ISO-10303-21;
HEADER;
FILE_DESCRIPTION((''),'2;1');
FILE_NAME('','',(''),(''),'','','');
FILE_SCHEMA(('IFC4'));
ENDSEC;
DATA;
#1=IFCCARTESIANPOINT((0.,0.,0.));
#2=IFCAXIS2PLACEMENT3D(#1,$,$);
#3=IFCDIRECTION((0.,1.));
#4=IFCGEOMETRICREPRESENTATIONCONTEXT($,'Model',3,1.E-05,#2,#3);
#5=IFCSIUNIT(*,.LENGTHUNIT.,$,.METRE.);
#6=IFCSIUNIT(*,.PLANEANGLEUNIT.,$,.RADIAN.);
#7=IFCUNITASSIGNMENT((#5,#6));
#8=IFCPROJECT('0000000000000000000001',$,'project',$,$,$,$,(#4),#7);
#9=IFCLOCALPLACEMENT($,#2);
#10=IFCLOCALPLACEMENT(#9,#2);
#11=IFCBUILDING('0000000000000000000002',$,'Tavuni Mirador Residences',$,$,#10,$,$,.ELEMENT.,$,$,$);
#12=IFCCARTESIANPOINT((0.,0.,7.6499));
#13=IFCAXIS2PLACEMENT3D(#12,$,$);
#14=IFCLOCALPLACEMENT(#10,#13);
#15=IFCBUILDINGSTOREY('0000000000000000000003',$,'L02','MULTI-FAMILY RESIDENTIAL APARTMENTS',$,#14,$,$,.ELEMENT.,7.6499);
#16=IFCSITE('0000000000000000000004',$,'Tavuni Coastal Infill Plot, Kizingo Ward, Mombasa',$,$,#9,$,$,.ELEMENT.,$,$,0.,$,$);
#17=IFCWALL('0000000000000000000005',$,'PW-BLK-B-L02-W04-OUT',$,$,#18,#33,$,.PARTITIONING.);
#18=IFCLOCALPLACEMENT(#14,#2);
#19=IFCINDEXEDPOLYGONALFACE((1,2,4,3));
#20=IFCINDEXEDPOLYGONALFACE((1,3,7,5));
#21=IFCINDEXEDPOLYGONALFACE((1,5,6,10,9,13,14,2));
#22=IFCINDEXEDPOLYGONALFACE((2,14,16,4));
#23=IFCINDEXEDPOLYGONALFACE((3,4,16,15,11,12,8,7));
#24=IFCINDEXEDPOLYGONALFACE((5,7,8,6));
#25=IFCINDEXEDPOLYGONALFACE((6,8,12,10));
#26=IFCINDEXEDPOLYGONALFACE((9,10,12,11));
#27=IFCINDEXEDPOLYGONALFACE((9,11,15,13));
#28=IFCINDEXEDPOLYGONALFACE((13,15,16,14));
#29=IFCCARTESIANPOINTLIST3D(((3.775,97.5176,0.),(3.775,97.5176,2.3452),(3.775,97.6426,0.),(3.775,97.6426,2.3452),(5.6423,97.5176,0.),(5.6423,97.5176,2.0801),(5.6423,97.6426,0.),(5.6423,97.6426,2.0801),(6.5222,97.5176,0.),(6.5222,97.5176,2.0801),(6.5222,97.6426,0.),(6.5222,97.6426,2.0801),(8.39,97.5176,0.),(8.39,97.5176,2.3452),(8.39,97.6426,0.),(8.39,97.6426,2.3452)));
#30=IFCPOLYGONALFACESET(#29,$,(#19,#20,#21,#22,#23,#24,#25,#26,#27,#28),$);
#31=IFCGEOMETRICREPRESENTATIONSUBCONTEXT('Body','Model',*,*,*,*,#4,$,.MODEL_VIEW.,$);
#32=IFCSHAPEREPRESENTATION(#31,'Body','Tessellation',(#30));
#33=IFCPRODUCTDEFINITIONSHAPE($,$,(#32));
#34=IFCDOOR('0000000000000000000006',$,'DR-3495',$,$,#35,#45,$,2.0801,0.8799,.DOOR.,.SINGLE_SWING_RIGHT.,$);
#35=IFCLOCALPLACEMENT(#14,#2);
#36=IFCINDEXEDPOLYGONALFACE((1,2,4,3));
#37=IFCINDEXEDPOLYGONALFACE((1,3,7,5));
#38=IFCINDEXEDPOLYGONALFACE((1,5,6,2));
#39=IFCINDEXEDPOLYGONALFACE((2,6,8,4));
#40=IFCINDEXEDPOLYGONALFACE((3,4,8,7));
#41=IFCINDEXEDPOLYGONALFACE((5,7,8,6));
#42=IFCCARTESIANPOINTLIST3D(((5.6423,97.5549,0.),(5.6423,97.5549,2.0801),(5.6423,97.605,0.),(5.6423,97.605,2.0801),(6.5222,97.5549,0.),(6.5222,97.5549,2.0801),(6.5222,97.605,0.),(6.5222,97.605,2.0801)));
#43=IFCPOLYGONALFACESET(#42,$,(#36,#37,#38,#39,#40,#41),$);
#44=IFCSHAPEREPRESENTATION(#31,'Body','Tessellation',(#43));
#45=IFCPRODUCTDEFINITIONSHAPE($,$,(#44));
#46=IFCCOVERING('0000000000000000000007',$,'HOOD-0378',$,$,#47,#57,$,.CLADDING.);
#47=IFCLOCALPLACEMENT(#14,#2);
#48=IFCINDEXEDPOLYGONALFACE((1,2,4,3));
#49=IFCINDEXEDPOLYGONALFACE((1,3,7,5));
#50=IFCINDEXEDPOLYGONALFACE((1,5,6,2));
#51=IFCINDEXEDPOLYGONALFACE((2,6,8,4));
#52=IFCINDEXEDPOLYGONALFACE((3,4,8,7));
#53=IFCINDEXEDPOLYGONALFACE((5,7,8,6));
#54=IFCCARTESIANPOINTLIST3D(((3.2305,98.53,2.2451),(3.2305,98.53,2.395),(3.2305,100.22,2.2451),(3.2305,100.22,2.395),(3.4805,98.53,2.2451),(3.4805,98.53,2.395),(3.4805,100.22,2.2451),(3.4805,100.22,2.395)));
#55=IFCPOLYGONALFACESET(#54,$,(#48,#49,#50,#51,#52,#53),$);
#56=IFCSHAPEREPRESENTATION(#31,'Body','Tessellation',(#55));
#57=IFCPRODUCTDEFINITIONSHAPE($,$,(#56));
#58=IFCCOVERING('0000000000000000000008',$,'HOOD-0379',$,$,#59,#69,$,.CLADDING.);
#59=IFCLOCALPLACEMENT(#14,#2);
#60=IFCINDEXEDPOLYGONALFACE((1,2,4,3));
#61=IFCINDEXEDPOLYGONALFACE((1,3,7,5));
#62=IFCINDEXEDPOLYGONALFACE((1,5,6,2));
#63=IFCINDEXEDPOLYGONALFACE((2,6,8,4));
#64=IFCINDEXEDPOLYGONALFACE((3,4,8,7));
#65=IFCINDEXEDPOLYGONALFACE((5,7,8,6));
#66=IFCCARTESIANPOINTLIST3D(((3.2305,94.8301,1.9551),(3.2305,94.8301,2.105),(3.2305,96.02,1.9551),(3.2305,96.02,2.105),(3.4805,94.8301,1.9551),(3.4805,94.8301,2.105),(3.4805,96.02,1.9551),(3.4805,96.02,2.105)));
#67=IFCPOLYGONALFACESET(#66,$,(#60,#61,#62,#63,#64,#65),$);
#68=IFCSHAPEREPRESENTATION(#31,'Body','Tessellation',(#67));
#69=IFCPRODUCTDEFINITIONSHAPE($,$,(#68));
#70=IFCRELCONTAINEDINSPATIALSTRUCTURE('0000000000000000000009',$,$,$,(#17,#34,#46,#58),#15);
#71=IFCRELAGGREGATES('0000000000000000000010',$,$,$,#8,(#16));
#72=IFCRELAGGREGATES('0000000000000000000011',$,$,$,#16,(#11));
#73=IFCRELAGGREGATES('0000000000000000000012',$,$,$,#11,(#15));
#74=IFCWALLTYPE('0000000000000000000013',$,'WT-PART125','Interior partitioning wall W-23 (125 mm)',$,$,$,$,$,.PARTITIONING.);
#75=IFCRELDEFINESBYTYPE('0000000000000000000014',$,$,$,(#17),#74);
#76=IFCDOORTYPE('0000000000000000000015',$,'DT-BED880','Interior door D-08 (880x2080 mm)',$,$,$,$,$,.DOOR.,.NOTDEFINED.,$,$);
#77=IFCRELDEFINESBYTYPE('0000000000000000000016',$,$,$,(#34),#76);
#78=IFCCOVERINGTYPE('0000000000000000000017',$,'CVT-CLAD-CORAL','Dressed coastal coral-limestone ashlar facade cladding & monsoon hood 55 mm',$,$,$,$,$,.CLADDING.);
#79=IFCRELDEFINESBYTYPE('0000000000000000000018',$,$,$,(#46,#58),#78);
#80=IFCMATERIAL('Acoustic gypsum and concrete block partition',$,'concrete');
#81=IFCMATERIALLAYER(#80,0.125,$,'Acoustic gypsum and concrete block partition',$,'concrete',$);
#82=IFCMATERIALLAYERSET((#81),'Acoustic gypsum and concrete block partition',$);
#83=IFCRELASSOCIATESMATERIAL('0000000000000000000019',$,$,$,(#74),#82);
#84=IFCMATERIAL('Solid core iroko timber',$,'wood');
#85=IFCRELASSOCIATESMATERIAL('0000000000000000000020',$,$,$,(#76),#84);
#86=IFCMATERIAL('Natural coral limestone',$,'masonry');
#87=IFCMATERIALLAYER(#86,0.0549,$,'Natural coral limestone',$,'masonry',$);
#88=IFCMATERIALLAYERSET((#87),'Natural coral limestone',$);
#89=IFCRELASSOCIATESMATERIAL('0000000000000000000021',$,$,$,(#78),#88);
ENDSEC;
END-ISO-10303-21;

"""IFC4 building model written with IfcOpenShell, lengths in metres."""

from ifc_helpers import new_model, si_unit, direction, frame, frame_2d, origin, origin_2d, place, context, subcontext, project, spatial, rectangle, extrude, material, layer, layer_set, type_object, element, fill, save


model = new_model("IFC4")

# Units and contexts
model_context = context("Model", 3, precision=1e-05, world=origin(), true_north=direction((0.0, 1.0)))
body_context = subcontext(model_context, "Body", "Model", "MODEL_VIEW")
ifc_project = project(units=[si_unit("LENGTHUNIT", "METRE"), si_unit("PLANEANGLEUNIT", "RADIAN")], contexts=[model_context])

# Site, building, storey
site_placement = place(None, origin())
site = spatial("IfcSite", under=ifc_project, at=site_placement, Name="Tavuni Coastal Infill Plot, Kizingo Ward, Mombasa", CompositionType="ELEMENT", RefElevation=0.0)
building_placement = place(site_placement, origin())
building = spatial("IfcBuilding", under=site, at=building_placement, Name="Tavuni Mirador Residences", CompositionType="ELEMENT")
storey_placement = place(building_placement, frame((0.0, 0.0, 7.6499)))
storey = spatial("IfcBuildingStorey", under=building, at=storey_placement, Name="L02", Description="MULTI-FAMILY RESIDENTIAL APARTMENTS", CompositionType="ELEMENT", Elevation=7.6499)

# Wall, opening, door
ifc_material_1 = material(Name="Acoustic gypsum and concrete block partition", Category="concrete")
ifc_material_2 = material(Name="Solid core iroko timber", Category="wood")
ifc_layer_1 = layer(ifc_material_1, 0.125, Name="Acoustic gypsum and concrete block partition", Category="concrete")
ifc_layer_set_1 = layer_set([ifc_layer_1], Name="Acoustic gypsum and concrete block partition")
wall_type_1 = type_object("IfcWallType", Name="WT-PART125", Description="Interior partitioning wall W-23 (125 mm)", PredefinedType="PARTITIONING", material=ifc_layer_set_1)
wall_1_placement = place(storey_placement, frame((3.7749, 97.5801, 0.0), z_axis=(0.0, 0.0, 1.0), x_axis=(1.0, 0.0, 0.0)))
wall_1 = element("IfcWall", 1, at=wall_1_placement, inside=storey, type_object=wall_type_1, Name="PW-BLK-B-L02-W04-OUT", PredefinedType="PARTITIONING", context=body_context, shape_type="SweptSolid", body=[
    extrude(rectangle(XDim=4.615, YDim=0.125, at=frame_2d((2.3076, 0.0))), origin(), (0.0, 0.0, 1.0), 2.3452),
])
opening_1_placement = place(wall_1_placement, frame((1.8674, 0.0, 0.0)))
opening_1 = element("IfcOpeningElement", 2, at=opening_1_placement, cuts=wall_1, PredefinedType="OPENING", context=body_context, shape_type="SweptSolid", body=[
    extrude(rectangle(XDim=0.8799, YDim=2.0801, at=frame_2d((0.4399, 1.04))), frame((0.0, 0.0725, 0.0), z_axis=(0.0, -1.0, 0.0), x_axis=(1.0, 0.0, 0.0)), (0.0, 0.0, 1.0), 0.145),
])
door_type_1 = type_object("IfcDoorType", Name="DT-BED880", Description="Interior door D-08 (880x2080 mm)", OperationType="NOTDEFINED", PredefinedType="DOOR", material=ifc_material_2)
door_1_placement = place(opening_1_placement, origin())
door_1 = element("IfcDoor", 3, at=door_1_placement, inside=storey, type_object=door_type_1, Name="DR-3495", OperationType="SINGLE_SWING_RIGHT", OverallHeight=2.0801, OverallWidth=0.8799, PredefinedType="DOOR", context=body_context, shape_type="SweptSolid", body=[
    extrude(rectangle(XDim=0.8799, YDim=2.0801, at=frame_2d((0.4399, 1.04))), frame((0.0, 0.0249, 0.0), z_axis=(0.0, -1.0, 0.0), x_axis=(1.0, 0.0, 0.0)), (0.0, 0.0, 1.0), 0.05),
])
fill(opening_1, door_1)

# Coverings
ifc_material_3 = material(Name="Natural coral limestone", Category="masonry")
ifc_layer_2 = layer(ifc_material_3, 0.0549, Name="Natural coral limestone", Category="masonry")
ifc_layer_set_2 = layer_set([ifc_layer_2], Name="Natural coral limestone")
covering_type = type_object("IfcCoveringType", Name="CVT-CLAD-CORAL", Description="Dressed coastal coral-limestone ashlar facade cladding & monsoon hood 55 mm", PredefinedType="CLADDING", material=ifc_layer_set_2)
covering_1_placement = place(storey_placement, frame((3.3555, 99.375, 2.2451), z_axis=(0.0, 0.0, 1.0), x_axis=(0.0, -1.0, 0.0)))
element("IfcCovering", 4, at=covering_1_placement, inside=storey, type_object=covering_type, Name="HOOD-0378", PredefinedType="CLADDING", context=body_context, shape_type="SweptSolid", body=[
    extrude(rectangle(XDim=1.6899, YDim=0.25, at=origin_2d()), origin(), (0.0, 0.0, 1.0), 0.1499),
])
covering_2_placement = place(storey_placement, frame((3.3555, 95.425, 1.9551), z_axis=(0.0, 0.0, 1.0), x_axis=(0.0, -1.0, 0.0)))
element("IfcCovering", 5, at=covering_2_placement, inside=storey, type_object=covering_type, Name="HOOD-0379", PredefinedType="CLADDING", context=body_context, shape_type="SweptSolid", body=[
    extrude(rectangle(XDim=1.1899, YDim=0.25, at=origin_2d()), origin(), (0.0, 0.0, 1.0), 0.1499),
])

save(model, "model.ifc")
